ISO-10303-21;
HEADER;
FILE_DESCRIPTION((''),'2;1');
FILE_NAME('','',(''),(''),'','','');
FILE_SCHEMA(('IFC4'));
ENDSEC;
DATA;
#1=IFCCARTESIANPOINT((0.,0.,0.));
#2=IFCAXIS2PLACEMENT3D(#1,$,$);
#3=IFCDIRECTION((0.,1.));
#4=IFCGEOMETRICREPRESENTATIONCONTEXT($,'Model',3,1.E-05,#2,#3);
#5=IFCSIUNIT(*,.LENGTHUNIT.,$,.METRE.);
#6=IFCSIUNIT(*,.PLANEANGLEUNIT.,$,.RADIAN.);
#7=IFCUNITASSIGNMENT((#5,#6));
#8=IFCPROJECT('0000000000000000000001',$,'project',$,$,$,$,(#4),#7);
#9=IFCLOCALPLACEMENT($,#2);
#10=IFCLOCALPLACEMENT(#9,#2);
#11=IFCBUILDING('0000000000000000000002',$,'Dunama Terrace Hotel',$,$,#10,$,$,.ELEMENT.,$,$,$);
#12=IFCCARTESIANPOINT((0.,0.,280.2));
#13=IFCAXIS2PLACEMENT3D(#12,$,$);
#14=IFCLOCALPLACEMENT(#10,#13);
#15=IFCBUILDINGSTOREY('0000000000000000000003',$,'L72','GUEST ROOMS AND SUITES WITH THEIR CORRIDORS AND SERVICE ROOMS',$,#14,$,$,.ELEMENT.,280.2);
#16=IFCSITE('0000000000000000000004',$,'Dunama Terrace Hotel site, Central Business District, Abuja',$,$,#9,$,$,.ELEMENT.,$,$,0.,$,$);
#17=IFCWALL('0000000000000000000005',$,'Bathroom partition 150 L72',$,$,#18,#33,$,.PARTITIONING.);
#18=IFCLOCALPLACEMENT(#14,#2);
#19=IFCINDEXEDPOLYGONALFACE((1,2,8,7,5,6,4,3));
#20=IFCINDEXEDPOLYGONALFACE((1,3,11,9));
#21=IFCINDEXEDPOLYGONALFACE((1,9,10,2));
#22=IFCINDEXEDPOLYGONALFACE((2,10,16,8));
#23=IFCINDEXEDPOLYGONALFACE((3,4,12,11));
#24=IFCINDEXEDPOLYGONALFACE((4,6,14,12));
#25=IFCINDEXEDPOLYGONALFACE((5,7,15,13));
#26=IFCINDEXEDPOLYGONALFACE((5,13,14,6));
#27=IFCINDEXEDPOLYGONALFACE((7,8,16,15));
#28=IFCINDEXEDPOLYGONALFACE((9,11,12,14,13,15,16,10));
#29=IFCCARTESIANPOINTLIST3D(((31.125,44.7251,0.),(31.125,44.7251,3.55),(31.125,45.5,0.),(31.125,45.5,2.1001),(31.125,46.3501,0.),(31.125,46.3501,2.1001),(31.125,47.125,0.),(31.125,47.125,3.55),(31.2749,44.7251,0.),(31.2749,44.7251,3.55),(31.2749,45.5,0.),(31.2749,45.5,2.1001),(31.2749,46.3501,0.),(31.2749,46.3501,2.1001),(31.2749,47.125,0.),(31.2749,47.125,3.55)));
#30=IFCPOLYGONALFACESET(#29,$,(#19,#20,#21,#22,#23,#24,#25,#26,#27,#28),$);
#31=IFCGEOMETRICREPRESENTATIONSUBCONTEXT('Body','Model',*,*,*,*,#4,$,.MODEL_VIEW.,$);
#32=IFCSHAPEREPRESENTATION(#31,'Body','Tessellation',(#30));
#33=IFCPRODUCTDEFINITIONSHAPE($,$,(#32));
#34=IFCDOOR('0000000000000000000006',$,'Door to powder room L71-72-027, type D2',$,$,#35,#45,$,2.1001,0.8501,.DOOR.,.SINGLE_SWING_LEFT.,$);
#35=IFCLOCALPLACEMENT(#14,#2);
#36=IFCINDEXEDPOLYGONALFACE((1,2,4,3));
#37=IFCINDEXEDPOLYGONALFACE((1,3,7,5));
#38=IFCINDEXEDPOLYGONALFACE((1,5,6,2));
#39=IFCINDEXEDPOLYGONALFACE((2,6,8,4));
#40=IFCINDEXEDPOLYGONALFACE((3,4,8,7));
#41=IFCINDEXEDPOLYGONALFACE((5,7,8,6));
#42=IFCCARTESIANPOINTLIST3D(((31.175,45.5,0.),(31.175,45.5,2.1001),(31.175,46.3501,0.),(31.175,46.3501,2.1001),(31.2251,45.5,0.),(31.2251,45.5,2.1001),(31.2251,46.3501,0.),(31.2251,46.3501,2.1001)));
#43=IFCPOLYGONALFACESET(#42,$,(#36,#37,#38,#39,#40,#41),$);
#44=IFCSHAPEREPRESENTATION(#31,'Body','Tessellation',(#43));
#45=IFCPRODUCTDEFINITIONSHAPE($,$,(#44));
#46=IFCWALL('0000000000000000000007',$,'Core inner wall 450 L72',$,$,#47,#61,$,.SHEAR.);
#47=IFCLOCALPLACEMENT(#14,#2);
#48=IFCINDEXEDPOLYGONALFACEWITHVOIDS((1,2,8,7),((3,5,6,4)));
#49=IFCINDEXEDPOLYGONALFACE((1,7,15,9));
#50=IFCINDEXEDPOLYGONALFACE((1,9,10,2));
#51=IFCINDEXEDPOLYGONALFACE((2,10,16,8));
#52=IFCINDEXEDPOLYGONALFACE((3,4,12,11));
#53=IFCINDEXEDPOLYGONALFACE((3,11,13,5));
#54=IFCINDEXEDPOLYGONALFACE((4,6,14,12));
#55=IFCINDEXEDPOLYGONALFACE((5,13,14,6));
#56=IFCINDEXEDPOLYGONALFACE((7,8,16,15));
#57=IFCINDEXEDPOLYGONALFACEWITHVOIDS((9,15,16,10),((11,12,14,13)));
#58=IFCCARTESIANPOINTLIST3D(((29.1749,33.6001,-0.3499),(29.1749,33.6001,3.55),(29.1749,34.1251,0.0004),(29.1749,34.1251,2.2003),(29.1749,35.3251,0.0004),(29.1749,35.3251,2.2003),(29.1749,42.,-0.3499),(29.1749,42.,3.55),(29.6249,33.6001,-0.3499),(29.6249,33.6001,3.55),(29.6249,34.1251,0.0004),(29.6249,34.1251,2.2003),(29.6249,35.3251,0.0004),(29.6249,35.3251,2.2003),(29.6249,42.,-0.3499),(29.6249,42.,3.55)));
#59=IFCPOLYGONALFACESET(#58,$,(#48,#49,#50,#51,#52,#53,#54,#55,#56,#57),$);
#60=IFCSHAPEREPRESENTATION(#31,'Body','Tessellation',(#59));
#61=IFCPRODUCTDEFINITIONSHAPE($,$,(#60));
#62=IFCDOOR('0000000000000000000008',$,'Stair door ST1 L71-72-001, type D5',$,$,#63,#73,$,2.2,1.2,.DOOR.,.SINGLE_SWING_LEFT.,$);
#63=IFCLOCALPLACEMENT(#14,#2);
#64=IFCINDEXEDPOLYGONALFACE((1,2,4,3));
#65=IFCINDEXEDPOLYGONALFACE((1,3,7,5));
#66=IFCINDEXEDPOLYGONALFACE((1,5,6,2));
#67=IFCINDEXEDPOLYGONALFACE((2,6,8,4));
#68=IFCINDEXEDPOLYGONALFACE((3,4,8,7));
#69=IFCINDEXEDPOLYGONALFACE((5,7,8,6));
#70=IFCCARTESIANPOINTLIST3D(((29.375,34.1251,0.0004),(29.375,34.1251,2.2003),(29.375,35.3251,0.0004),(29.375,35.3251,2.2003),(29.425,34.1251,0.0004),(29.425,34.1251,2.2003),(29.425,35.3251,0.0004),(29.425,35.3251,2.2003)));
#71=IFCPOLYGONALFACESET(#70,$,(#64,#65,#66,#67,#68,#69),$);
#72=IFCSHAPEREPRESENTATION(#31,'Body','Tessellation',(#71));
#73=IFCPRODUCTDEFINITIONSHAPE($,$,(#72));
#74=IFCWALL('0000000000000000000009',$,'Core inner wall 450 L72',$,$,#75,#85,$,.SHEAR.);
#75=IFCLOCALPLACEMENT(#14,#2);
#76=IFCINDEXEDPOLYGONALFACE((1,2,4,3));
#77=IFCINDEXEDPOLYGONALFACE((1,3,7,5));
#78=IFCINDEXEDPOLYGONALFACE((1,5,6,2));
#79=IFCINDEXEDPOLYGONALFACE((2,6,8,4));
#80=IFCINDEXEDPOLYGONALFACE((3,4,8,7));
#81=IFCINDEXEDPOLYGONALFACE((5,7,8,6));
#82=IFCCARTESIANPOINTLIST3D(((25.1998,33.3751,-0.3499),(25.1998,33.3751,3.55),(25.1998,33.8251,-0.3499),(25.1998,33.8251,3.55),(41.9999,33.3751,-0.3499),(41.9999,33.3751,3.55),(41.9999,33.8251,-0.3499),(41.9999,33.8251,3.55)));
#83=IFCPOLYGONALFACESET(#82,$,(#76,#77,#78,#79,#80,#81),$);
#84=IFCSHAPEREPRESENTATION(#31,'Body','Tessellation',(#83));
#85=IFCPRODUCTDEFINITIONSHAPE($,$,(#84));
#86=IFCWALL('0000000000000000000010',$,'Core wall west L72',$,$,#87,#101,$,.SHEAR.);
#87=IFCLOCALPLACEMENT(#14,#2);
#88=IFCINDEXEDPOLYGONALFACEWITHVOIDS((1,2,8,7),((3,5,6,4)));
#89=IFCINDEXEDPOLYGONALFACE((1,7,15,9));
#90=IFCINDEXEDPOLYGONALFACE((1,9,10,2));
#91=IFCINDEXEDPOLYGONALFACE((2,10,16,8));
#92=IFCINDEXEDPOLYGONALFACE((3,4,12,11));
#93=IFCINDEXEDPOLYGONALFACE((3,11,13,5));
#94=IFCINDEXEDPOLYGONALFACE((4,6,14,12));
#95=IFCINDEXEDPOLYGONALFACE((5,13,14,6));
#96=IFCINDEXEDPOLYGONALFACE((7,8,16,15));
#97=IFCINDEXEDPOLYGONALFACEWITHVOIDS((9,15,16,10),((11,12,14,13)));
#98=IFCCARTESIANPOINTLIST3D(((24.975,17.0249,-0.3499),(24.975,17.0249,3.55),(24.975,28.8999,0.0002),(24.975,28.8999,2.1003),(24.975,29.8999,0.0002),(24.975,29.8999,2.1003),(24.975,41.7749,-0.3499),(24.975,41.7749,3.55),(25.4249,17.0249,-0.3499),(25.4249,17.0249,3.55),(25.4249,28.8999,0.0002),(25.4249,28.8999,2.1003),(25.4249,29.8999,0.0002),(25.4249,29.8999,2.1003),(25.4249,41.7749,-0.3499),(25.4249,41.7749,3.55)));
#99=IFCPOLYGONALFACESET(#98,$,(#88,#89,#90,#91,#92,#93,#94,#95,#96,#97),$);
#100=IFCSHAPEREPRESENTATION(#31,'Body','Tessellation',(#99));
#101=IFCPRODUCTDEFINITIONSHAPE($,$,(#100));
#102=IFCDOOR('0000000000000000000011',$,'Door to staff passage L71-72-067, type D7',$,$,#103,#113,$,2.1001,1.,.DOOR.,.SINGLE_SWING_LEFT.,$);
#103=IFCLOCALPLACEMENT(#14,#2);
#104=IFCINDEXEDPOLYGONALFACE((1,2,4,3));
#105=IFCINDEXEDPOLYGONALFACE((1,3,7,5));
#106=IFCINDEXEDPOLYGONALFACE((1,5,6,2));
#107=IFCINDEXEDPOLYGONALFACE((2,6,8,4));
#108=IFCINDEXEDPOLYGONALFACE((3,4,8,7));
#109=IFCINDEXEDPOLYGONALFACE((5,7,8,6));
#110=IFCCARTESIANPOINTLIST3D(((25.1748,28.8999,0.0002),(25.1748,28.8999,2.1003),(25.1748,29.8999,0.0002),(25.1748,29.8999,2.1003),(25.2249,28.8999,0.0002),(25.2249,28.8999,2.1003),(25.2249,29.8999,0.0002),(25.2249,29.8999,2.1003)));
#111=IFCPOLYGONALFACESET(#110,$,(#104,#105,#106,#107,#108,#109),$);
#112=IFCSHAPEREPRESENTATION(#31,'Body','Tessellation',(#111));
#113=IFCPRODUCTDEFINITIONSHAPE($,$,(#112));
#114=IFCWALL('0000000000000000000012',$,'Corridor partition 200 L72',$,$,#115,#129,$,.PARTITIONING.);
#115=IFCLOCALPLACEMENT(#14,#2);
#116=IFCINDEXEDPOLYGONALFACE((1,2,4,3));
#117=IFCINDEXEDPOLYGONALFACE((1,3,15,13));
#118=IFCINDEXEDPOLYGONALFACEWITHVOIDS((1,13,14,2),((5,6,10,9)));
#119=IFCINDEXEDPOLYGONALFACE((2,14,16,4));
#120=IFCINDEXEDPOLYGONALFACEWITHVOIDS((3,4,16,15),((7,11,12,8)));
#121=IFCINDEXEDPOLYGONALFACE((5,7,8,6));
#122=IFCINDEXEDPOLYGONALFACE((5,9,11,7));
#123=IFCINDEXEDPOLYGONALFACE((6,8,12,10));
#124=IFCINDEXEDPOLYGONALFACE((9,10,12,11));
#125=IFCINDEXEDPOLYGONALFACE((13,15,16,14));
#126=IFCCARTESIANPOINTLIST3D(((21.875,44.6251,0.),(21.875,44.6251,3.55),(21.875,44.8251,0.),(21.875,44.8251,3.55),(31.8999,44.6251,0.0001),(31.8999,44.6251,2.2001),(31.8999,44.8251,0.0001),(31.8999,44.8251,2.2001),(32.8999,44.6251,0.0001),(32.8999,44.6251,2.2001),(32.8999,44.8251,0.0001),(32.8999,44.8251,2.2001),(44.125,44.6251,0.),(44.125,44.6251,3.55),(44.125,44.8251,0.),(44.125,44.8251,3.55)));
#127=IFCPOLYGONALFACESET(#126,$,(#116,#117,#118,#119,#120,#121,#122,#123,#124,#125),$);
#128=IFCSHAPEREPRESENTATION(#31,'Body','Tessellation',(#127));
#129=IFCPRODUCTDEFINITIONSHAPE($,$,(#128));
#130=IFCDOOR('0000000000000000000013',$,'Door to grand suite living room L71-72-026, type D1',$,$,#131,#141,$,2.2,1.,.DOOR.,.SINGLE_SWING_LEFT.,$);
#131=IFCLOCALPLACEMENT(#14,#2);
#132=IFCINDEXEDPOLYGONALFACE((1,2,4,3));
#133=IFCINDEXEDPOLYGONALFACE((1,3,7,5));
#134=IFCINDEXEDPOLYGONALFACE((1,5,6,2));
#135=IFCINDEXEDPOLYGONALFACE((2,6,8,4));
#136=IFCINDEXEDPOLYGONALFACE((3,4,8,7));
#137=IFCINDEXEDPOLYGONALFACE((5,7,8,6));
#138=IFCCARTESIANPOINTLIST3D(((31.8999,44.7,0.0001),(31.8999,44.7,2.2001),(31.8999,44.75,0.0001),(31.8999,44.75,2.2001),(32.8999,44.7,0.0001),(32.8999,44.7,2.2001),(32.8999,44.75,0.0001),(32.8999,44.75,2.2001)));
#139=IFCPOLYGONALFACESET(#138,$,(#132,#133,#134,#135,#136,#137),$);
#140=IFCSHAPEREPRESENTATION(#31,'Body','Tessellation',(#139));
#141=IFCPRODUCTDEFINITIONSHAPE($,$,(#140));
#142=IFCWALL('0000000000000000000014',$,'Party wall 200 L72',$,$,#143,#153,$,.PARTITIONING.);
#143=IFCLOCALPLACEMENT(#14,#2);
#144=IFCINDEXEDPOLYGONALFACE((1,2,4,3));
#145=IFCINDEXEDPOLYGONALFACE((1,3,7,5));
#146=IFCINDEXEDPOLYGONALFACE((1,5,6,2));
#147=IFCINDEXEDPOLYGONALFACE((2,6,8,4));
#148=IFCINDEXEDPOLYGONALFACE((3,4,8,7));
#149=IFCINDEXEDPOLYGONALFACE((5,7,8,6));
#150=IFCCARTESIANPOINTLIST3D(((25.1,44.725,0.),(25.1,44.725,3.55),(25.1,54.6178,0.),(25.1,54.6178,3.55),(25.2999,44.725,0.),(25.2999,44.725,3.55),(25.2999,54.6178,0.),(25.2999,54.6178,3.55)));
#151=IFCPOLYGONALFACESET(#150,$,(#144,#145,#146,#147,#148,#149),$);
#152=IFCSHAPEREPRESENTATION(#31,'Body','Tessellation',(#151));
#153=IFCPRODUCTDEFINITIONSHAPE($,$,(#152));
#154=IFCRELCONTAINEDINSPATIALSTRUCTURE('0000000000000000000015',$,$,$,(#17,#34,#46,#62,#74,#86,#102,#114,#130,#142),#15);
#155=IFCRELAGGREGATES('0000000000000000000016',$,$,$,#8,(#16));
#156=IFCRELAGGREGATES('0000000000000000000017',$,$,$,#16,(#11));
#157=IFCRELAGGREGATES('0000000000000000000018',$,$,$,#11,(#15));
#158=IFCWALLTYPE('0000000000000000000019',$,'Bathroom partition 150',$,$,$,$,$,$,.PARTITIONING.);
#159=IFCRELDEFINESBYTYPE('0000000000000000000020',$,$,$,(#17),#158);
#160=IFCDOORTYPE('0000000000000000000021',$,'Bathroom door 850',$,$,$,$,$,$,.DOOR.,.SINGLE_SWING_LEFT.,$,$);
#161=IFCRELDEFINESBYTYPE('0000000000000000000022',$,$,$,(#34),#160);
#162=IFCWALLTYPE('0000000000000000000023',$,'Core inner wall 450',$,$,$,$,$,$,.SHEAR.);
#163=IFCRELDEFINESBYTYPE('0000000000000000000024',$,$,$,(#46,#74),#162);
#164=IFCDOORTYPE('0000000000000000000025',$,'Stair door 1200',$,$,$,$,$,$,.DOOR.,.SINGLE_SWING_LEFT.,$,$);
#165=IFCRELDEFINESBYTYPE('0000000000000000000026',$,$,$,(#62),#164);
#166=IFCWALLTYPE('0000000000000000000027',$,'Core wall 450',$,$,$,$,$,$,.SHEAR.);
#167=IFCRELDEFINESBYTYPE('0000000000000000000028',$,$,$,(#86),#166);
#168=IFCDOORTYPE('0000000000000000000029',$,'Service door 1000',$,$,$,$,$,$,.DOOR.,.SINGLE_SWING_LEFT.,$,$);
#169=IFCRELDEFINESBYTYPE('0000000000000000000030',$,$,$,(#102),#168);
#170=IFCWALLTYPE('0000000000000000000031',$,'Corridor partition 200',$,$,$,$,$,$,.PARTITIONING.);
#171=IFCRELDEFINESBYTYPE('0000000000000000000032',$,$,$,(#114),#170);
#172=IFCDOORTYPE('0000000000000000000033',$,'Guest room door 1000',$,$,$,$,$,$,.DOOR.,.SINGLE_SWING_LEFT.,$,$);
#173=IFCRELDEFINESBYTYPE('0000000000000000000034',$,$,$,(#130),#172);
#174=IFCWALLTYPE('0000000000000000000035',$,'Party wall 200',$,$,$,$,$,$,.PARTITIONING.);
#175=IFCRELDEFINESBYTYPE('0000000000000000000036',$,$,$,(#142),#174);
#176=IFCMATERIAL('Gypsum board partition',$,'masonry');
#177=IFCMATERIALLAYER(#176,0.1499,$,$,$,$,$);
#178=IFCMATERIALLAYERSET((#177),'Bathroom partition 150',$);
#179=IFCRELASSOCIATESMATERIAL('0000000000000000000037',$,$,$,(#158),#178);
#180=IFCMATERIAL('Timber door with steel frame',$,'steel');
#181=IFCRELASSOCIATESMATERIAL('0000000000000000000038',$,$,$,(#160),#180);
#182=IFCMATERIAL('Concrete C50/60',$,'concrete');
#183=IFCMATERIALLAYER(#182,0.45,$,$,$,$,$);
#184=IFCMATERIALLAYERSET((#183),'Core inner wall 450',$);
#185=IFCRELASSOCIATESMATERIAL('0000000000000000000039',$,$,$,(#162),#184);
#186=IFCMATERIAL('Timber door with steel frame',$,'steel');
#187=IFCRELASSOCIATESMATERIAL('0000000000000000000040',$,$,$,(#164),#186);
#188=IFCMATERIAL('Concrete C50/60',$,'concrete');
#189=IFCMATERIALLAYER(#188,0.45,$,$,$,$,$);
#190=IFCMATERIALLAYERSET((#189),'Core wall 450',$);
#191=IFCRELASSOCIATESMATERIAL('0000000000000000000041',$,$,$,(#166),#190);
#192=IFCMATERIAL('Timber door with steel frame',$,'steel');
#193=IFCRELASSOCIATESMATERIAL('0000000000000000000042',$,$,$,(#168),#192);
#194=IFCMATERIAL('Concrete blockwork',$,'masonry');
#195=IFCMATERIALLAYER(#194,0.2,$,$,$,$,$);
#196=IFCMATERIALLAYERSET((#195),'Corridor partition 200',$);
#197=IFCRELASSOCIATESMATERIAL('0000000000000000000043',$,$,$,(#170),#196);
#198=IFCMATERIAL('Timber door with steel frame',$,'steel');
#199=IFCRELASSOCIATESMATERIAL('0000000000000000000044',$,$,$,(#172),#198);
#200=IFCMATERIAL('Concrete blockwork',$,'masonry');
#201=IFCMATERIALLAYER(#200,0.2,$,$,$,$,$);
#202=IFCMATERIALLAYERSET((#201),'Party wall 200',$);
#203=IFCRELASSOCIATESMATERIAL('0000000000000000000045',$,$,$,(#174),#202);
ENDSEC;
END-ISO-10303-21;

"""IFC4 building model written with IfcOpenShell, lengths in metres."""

from ifc_helpers import new_model, si_unit, direction, frame, frame_2d, origin, place, context, subcontext, project, spatial, rectangle, extrude, material, layer, layer_set, type_object, element, fill, save


model = new_model("IFC4")

# Units and contexts
model_context = context("Model", 3, precision=1e-05, world=origin(), true_north=direction((0.0, 1.0)))
body_context = subcontext(model_context, "Body", "Model", "MODEL_VIEW")
ifc_project = project(units=[si_unit("LENGTHUNIT", "METRE"), si_unit("PLANEANGLEUNIT", "RADIAN")], contexts=[model_context])

# Site, building, storey
site_placement = place(None, origin())
site = spatial("IfcSite", under=ifc_project, at=site_placement, Name="Dunama Terrace Hotel site, Central Business District, Abuja", CompositionType="ELEMENT", RefElevation=0.0)
building_placement = place(site_placement, origin())
building = spatial("IfcBuilding", under=site, at=building_placement, Name="Dunama Terrace Hotel", CompositionType="ELEMENT")
storey_placement = place(building_placement, frame((0.0, 0.0, 280.2)))
storey = spatial("IfcBuildingStorey", under=building, at=storey_placement, Name="L72", Description="GUEST ROOMS AND SUITES WITH THEIR CORRIDORS AND SERVICE ROOMS", CompositionType="ELEMENT", Elevation=280.2)

# Walls, openings, doors
ifc_material_1 = material(Name="Gypsum board partition", Category="masonry")
ifc_layer_1 = layer(ifc_material_1, 0.1499)
ifc_layer_set_1 = layer_set([ifc_layer_1], Name="Bathroom partition 150")
wall_type_1 = type_object("IfcWallType", Name="Bathroom partition 150", PredefinedType="PARTITIONING", material=ifc_layer_set_1)
wall_1_placement = place(storey_placement, frame((31.2, 44.7251, 0.0), z_axis=(0.0, 0.0, 1.0), x_axis=(0.0, 1.0, 0.0)))
wall_1 = element("IfcWall", 1, at=wall_1_placement, inside=storey, type_object=wall_type_1, Name="Bathroom partition 150 L72", PredefinedType="PARTITIONING", context=body_context, shape_type="SweptSolid", body=[
    extrude(rectangle(XDim=2.3999, YDim=0.1499, at=frame_2d((1.2, 0.0))), origin(), (0.0, 0.0, 1.0), 3.55),
])
opening_1_placement = place(wall_1_placement, frame((0.7749, 0.0, 0.0)))
opening_1 = element("IfcOpeningElement", 2, at=opening_1_placement, cuts=wall_1, PredefinedType="OPENING", context=body_context, shape_type="SweptSolid", body=[
    extrude(rectangle(XDim=0.8501, YDim=2.1001, at=frame_2d((0.425, 1.05))), frame((0.0, 0.085, 0.0), z_axis=(0.0, -1.0, 0.0), x_axis=(1.0, 0.0, 0.0)), (0.0, 0.0, 1.0), 0.1699),
])
ifc_material_2 = material(Name="Timber door with steel frame", Category="steel")
door_type_1 = type_object("IfcDoorType", Name="Bathroom door 850", OperationType="SINGLE_SWING_LEFT", PredefinedType="DOOR", material=ifc_material_2)
door_1_placement = place(opening_1_placement, origin())
door_1 = element("IfcDoor", 3, at=door_1_placement, inside=storey, type_object=door_type_1, Name="Door to powder room L71-72-027, type D2", OperationType="SINGLE_SWING_LEFT", OverallHeight=2.1001, OverallWidth=0.8501, PredefinedType="DOOR", context=body_context, shape_type="SweptSolid", body=[
    extrude(rectangle(XDim=0.8501, YDim=2.1001, at=frame_2d((0.425, 1.05))), frame((0.0, 0.0249, 0.0), z_axis=(0.0, -1.0, 0.0), x_axis=(1.0, 0.0, 0.0)), (0.0, 0.0, 1.0), 0.05),
])
fill(opening_1, door_1)
ifc_material_3 = material(Name="Concrete C50/60", Category="concrete")
ifc_layer_2 = layer(ifc_material_3, 0.45)
ifc_layer_set_2 = layer_set([ifc_layer_2], Name="Core inner wall 450")
wall_type_2 = type_object("IfcWallType", Name="Core inner wall 450", PredefinedType="SHEAR", material=ifc_layer_set_2)
wall_2_placement = place(storey_placement, frame((29.3999, 33.6001, -0.3499), z_axis=(0.0, 0.0, 1.0), x_axis=(0.0, 1.0, 0.0)))
wall_2 = element("IfcWall", 4, at=wall_2_placement, inside=storey, type_object=wall_type_2, Name="Core inner wall 450 L72", PredefinedType="SHEAR", context=body_context, shape_type="SweptSolid", body=[
    extrude(rectangle(XDim=8.3999, YDim=0.45, at=frame_2d((4.2, 0.0))), origin(), (0.0, 0.0, 1.0), 3.8999),
])
opening_2_placement = place(wall_2_placement, frame((0.5249, 0.0, 0.3501)))
opening_2 = element("IfcOpeningElement", 5, at=opening_2_placement, cuts=wall_2, PredefinedType="OPENING", context=body_context, shape_type="SweptSolid", body=[
    extrude(rectangle(XDim=1.2, YDim=2.2, at=frame_2d((0.6001, 1.1001))), frame((0.0, 0.2349, 0.0), z_axis=(0.0, -1.0, 0.0), x_axis=(1.0, 0.0, 0.0)), (0.0, 0.0, 1.0), 0.47),
])
ifc_material_4 = material(Name="Timber door with steel frame", Category="steel")
door_type_2 = type_object("IfcDoorType", Name="Stair door 1200", OperationType="SINGLE_SWING_LEFT", PredefinedType="DOOR", material=ifc_material_4)
door_2_placement = place(opening_2_placement, origin())
door_2 = element("IfcDoor", 6, at=door_2_placement, inside=storey, type_object=door_type_2, Name="Stair door ST1 L71-72-001, type D5", OperationType="SINGLE_SWING_LEFT", OverallHeight=2.2, OverallWidth=1.2, PredefinedType="DOOR", context=body_context, shape_type="SweptSolid", body=[
    extrude(rectangle(XDim=1.2, YDim=2.2, at=frame_2d((0.6001, 1.1001))), frame((0.0, 0.0249, 0.0), z_axis=(0.0, -1.0, 0.0), x_axis=(1.0, 0.0, 0.0)), (0.0, 0.0, 1.0), 0.05),
])
fill(opening_2, door_2)

# Wall
wall_3_placement = place(storey_placement, frame((25.2, 33.6001, -0.3499), z_axis=(0.0, 0.0, 1.0), x_axis=(1.0, 0.0, 0.0)))
element("IfcWall", 7, at=wall_3_placement, inside=storey, type_object=wall_type_2, Name="Core inner wall 450 L72", PredefinedType="SHEAR", context=body_context, shape_type="SweptSolid", body=[
    extrude(rectangle(XDim=16.8, YDim=0.45, at=frame_2d((8.3999, 0.0))), origin(), (0.0, 0.0, 1.0), 3.8999),
])

# Walls, openings, doors
ifc_material_5 = material(Name="Concrete C50/60", Category="concrete")
ifc_layer_3 = layer(ifc_material_5, 0.45)
ifc_layer_set_3 = layer_set([ifc_layer_3], Name="Core wall 450")
wall_type_3 = type_object("IfcWallType", Name="Core wall 450", PredefinedType="SHEAR", material=ifc_layer_set_3)
wall_4_placement = place(storey_placement, frame((25.2, 41.7749, -0.3499), z_axis=(0.0, 0.0, 1.0), x_axis=(0.0, -1.0, 0.0)))
wall_4 = element("IfcWall", 8, at=wall_4_placement, inside=storey, type_object=wall_type_3, Name="Core wall west L72", PredefinedType="SHEAR", context=body_context, shape_type="SweptSolid", body=[
    extrude(rectangle(XDim=24.75, YDim=0.45, at=frame_2d((12.375, 0.0))), origin(), (0.0, 0.0, 1.0), 3.8999),
])
opening_3_placement = place(wall_4_placement, frame((11.875, 0.0, 0.3501)))
opening_3 = element("IfcOpeningElement", 9, at=opening_3_placement, cuts=wall_4, PredefinedType="OPENING", context=body_context, shape_type="SweptSolid", body=[
    extrude(rectangle(XDim=1.0, YDim=2.1001, at=frame_2d((0.5, 1.05))), frame((0.0, 0.2349, 0.0), z_axis=(0.0, -1.0, 0.0), x_axis=(1.0, 0.0, 0.0)), (0.0, 0.0, 1.0), 0.47),
])
ifc_material_6 = material(Name="Timber door with steel frame", Category="steel")
door_type_3 = type_object("IfcDoorType", Name="Service door 1000", OperationType="SINGLE_SWING_LEFT", PredefinedType="DOOR", material=ifc_material_6)
door_3_placement = place(opening_3_placement, origin())
door_3 = element("IfcDoor", 10, at=door_3_placement, inside=storey, type_object=door_type_3, Name="Door to staff passage L71-72-067, type D7", OperationType="SINGLE_SWING_LEFT", OverallHeight=2.1001, OverallWidth=1.0, PredefinedType="DOOR", context=body_context, shape_type="SweptSolid", body=[
    extrude(rectangle(XDim=1.0, YDim=2.1001, at=frame_2d((0.5, 1.05))), frame((0.0, 0.0249, 0.0), z_axis=(0.0, -1.0, 0.0), x_axis=(1.0, 0.0, 0.0)), (0.0, 0.0, 1.0), 0.05),
])
fill(opening_3, door_3)
ifc_material_7 = material(Name="Concrete blockwork", Category="masonry")
ifc_layer_4 = layer(ifc_material_7, 0.2)
ifc_layer_set_4 = layer_set([ifc_layer_4], Name="Corridor partition 200")
wall_type_4 = type_object("IfcWallType", Name="Corridor partition 200", PredefinedType="PARTITIONING", material=ifc_layer_set_4)
wall_5_placement = place(storey_placement, frame((21.875, 44.7251, 0.0), z_axis=(0.0, 0.0, 1.0), x_axis=(1.0, 0.0, 0.0)))
wall_5 = element("IfcWall", 11, at=wall_5_placement, inside=storey, type_object=wall_type_4, Name="Corridor partition 200 L72", PredefinedType="PARTITIONING", context=body_context, shape_type="SweptSolid", body=[
    extrude(rectangle(XDim=22.25, YDim=0.2, at=frame_2d((11.125, 0.0))), origin(), (0.0, 0.0, 1.0), 3.55),
])
opening_4_placement = place(wall_5_placement, frame((10.0249, 0.0, 0.0)))
opening_4 = element("IfcOpeningElement", 12, at=opening_4_placement, cuts=wall_5, PredefinedType="OPENING", context=body_context, shape_type="SweptSolid", body=[
    extrude(rectangle(XDim=1.0, YDim=2.2, at=frame_2d((0.5, 1.1001))), frame((0.0, 0.1099, 0.0), z_axis=(0.0, -1.0, 0.0), x_axis=(1.0, 0.0, 0.0)), (0.0, 0.0, 1.0), 0.22),
])
ifc_material_8 = material(Name="Timber door with steel frame", Category="steel")
door_type_4 = type_object("IfcDoorType", Name="Guest room door 1000", OperationType="SINGLE_SWING_LEFT", PredefinedType="DOOR", material=ifc_material_8)
door_4_placement = place(opening_4_placement, origin())
door_4 = element("IfcDoor", 13, at=door_4_placement, inside=storey, type_object=door_type_4, Name="Door to grand suite living room L71-72-026, type D1", OperationType="SINGLE_SWING_LEFT", OverallHeight=2.2, OverallWidth=1.0, PredefinedType="DOOR", context=body_context, shape_type="SweptSolid", body=[
    extrude(rectangle(XDim=1.0, YDim=2.2, at=frame_2d((0.5, 1.1001))), frame((0.0, 0.0249, 0.0), z_axis=(0.0, -1.0, 0.0), x_axis=(1.0, 0.0, 0.0)), (0.0, 0.0, 1.0), 0.05),
])
fill(opening_4, door_4)

# Wall
ifc_material_9 = material(Name="Concrete blockwork", Category="masonry")
ifc_layer_5 = layer(ifc_material_9, 0.2)
ifc_layer_set_5 = layer_set([ifc_layer_5], Name="Party wall 200")
wall_type_5 = type_object("IfcWallType", Name="Party wall 200", PredefinedType="PARTITIONING", material=ifc_layer_set_5)
wall_6_placement = place(storey_placement, frame((25.2, 44.7251, 0.0), z_axis=(0.0, 0.0, 1.0), x_axis=(0.0, 1.0, 0.0)))
element("IfcWall", 14, at=wall_6_placement, inside=storey, type_object=wall_type_5, Name="Party wall 200 L72", PredefinedType="PARTITIONING", context=body_context, shape_type="SweptSolid", body=[
    extrude(rectangle(XDim=9.8928, YDim=0.2, at=frame_2d((4.9463, 0.0))), origin(), (0.0, 0.0, 1.0), 3.55),
])

save(model, "model.ifc")
